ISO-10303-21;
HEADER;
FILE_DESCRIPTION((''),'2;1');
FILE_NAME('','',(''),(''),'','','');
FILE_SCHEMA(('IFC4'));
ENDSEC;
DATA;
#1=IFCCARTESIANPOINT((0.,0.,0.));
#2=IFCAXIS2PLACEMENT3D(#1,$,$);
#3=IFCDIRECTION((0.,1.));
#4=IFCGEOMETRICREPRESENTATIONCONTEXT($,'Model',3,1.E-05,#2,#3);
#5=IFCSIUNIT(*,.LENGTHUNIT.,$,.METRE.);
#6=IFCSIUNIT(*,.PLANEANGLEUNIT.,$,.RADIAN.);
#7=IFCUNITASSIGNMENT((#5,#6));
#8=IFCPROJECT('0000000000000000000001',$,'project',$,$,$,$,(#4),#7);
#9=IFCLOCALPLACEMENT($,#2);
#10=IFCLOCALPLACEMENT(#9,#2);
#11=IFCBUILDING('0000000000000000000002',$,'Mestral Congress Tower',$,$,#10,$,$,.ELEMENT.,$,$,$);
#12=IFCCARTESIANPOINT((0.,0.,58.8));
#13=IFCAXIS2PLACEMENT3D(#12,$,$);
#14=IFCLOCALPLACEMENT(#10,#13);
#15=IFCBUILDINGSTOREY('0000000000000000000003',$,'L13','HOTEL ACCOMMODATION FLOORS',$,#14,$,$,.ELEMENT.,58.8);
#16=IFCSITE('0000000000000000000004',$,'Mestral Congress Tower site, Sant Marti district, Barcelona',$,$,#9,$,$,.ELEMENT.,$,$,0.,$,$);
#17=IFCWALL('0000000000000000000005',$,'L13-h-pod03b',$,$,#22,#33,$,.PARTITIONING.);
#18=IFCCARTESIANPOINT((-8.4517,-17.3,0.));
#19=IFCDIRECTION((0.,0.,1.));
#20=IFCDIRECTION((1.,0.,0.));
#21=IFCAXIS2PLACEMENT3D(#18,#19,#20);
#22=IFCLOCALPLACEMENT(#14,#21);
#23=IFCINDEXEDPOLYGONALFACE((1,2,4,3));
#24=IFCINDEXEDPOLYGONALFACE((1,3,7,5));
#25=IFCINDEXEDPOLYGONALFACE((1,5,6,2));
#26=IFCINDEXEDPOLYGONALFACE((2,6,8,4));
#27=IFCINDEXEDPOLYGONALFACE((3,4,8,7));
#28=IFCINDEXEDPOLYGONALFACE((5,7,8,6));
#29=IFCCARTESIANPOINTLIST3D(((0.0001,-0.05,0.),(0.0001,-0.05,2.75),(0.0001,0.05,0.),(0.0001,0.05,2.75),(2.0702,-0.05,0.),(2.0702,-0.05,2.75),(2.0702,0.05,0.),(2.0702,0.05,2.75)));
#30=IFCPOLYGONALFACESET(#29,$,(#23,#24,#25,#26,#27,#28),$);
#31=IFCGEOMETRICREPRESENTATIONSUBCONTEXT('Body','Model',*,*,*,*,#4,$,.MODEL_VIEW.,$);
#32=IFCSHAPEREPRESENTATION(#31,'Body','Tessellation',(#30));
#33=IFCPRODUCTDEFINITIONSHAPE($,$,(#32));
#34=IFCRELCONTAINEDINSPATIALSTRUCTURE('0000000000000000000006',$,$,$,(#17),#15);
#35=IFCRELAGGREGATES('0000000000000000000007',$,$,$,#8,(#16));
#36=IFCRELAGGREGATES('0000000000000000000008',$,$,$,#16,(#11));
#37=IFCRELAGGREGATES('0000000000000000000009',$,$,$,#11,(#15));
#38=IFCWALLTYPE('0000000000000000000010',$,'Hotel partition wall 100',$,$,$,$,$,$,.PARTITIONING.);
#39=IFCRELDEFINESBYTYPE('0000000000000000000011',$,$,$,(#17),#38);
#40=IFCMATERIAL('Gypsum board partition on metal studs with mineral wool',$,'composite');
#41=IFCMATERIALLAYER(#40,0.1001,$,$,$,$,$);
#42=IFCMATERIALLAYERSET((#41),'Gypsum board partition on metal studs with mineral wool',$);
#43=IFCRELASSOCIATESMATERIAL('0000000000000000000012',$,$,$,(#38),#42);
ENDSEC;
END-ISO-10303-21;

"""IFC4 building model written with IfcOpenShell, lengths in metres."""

from ifc_helpers import new_model, si_unit, direction, frame, frame_2d, origin, place, context, subcontext, project, spatial, rectangle, extrude, material, layer, layer_set, type_object, element, save


model = new_model("IFC4")

# Units and contexts
model_context = context("Model", 3, precision=1e-05, world=origin(), true_north=direction((0.0, 1.0)))
body_context = subcontext(model_context, "Body", "Model", "MODEL_VIEW")
ifc_project = project(units=[si_unit("LENGTHUNIT", "METRE"), si_unit("PLANEANGLEUNIT", "RADIAN")], contexts=[model_context])

# Site, building, storey
site_placement = place(None, origin())
site = spatial("IfcSite", under=ifc_project, at=site_placement, Name="Mestral Congress Tower site, Sant Marti district, Barcelona", CompositionType="ELEMENT", RefElevation=0.0)
building_placement = place(site_placement, origin())
building = spatial("IfcBuilding", under=site, at=building_placement, Name="Mestral Congress Tower", CompositionType="ELEMENT")
storey_placement = place(building_placement, frame((0.0, 0.0, 58.8)))
storey = spatial("IfcBuildingStorey", under=building, at=storey_placement, Name="L13", Description="HOTEL ACCOMMODATION FLOORS", CompositionType="ELEMENT", Elevation=58.8)

# Shared definitions
ifc_material_1 = material(Name="Gypsum board partition on metal studs with mineral wool", Category="composite")
ifc_layer_1 = layer(ifc_material_1, 0.1001)
ifc_layer_set_1 = layer_set([ifc_layer_1], Name="Gypsum board partition on metal studs with mineral wool")
wall_type_1 = type_object("IfcWallType", Name="Hotel partition wall 100", PredefinedType="PARTITIONING", material=ifc_layer_set_1)

# Wall
wall_1_placement = place(storey_placement, frame((-8.4517, -17.3, 0.0), z_axis=(0.0, 0.0, 1.0), x_axis=(1.0, 0.0, 0.0)))
element("IfcWall", 1, at=wall_1_placement, inside=storey, type_object=wall_type_1, Name="L13-h-pod03b", PredefinedType="PARTITIONING", context=body_context, shape_type="SweptSolid", body=[
    extrude(rectangle(XDim=2.0701, YDim=0.1001, at=frame_2d((1.0352, 0.0))), origin(), (0.0, 0.0, 1.0), 2.75),
])

save(model, "model.ifc")
